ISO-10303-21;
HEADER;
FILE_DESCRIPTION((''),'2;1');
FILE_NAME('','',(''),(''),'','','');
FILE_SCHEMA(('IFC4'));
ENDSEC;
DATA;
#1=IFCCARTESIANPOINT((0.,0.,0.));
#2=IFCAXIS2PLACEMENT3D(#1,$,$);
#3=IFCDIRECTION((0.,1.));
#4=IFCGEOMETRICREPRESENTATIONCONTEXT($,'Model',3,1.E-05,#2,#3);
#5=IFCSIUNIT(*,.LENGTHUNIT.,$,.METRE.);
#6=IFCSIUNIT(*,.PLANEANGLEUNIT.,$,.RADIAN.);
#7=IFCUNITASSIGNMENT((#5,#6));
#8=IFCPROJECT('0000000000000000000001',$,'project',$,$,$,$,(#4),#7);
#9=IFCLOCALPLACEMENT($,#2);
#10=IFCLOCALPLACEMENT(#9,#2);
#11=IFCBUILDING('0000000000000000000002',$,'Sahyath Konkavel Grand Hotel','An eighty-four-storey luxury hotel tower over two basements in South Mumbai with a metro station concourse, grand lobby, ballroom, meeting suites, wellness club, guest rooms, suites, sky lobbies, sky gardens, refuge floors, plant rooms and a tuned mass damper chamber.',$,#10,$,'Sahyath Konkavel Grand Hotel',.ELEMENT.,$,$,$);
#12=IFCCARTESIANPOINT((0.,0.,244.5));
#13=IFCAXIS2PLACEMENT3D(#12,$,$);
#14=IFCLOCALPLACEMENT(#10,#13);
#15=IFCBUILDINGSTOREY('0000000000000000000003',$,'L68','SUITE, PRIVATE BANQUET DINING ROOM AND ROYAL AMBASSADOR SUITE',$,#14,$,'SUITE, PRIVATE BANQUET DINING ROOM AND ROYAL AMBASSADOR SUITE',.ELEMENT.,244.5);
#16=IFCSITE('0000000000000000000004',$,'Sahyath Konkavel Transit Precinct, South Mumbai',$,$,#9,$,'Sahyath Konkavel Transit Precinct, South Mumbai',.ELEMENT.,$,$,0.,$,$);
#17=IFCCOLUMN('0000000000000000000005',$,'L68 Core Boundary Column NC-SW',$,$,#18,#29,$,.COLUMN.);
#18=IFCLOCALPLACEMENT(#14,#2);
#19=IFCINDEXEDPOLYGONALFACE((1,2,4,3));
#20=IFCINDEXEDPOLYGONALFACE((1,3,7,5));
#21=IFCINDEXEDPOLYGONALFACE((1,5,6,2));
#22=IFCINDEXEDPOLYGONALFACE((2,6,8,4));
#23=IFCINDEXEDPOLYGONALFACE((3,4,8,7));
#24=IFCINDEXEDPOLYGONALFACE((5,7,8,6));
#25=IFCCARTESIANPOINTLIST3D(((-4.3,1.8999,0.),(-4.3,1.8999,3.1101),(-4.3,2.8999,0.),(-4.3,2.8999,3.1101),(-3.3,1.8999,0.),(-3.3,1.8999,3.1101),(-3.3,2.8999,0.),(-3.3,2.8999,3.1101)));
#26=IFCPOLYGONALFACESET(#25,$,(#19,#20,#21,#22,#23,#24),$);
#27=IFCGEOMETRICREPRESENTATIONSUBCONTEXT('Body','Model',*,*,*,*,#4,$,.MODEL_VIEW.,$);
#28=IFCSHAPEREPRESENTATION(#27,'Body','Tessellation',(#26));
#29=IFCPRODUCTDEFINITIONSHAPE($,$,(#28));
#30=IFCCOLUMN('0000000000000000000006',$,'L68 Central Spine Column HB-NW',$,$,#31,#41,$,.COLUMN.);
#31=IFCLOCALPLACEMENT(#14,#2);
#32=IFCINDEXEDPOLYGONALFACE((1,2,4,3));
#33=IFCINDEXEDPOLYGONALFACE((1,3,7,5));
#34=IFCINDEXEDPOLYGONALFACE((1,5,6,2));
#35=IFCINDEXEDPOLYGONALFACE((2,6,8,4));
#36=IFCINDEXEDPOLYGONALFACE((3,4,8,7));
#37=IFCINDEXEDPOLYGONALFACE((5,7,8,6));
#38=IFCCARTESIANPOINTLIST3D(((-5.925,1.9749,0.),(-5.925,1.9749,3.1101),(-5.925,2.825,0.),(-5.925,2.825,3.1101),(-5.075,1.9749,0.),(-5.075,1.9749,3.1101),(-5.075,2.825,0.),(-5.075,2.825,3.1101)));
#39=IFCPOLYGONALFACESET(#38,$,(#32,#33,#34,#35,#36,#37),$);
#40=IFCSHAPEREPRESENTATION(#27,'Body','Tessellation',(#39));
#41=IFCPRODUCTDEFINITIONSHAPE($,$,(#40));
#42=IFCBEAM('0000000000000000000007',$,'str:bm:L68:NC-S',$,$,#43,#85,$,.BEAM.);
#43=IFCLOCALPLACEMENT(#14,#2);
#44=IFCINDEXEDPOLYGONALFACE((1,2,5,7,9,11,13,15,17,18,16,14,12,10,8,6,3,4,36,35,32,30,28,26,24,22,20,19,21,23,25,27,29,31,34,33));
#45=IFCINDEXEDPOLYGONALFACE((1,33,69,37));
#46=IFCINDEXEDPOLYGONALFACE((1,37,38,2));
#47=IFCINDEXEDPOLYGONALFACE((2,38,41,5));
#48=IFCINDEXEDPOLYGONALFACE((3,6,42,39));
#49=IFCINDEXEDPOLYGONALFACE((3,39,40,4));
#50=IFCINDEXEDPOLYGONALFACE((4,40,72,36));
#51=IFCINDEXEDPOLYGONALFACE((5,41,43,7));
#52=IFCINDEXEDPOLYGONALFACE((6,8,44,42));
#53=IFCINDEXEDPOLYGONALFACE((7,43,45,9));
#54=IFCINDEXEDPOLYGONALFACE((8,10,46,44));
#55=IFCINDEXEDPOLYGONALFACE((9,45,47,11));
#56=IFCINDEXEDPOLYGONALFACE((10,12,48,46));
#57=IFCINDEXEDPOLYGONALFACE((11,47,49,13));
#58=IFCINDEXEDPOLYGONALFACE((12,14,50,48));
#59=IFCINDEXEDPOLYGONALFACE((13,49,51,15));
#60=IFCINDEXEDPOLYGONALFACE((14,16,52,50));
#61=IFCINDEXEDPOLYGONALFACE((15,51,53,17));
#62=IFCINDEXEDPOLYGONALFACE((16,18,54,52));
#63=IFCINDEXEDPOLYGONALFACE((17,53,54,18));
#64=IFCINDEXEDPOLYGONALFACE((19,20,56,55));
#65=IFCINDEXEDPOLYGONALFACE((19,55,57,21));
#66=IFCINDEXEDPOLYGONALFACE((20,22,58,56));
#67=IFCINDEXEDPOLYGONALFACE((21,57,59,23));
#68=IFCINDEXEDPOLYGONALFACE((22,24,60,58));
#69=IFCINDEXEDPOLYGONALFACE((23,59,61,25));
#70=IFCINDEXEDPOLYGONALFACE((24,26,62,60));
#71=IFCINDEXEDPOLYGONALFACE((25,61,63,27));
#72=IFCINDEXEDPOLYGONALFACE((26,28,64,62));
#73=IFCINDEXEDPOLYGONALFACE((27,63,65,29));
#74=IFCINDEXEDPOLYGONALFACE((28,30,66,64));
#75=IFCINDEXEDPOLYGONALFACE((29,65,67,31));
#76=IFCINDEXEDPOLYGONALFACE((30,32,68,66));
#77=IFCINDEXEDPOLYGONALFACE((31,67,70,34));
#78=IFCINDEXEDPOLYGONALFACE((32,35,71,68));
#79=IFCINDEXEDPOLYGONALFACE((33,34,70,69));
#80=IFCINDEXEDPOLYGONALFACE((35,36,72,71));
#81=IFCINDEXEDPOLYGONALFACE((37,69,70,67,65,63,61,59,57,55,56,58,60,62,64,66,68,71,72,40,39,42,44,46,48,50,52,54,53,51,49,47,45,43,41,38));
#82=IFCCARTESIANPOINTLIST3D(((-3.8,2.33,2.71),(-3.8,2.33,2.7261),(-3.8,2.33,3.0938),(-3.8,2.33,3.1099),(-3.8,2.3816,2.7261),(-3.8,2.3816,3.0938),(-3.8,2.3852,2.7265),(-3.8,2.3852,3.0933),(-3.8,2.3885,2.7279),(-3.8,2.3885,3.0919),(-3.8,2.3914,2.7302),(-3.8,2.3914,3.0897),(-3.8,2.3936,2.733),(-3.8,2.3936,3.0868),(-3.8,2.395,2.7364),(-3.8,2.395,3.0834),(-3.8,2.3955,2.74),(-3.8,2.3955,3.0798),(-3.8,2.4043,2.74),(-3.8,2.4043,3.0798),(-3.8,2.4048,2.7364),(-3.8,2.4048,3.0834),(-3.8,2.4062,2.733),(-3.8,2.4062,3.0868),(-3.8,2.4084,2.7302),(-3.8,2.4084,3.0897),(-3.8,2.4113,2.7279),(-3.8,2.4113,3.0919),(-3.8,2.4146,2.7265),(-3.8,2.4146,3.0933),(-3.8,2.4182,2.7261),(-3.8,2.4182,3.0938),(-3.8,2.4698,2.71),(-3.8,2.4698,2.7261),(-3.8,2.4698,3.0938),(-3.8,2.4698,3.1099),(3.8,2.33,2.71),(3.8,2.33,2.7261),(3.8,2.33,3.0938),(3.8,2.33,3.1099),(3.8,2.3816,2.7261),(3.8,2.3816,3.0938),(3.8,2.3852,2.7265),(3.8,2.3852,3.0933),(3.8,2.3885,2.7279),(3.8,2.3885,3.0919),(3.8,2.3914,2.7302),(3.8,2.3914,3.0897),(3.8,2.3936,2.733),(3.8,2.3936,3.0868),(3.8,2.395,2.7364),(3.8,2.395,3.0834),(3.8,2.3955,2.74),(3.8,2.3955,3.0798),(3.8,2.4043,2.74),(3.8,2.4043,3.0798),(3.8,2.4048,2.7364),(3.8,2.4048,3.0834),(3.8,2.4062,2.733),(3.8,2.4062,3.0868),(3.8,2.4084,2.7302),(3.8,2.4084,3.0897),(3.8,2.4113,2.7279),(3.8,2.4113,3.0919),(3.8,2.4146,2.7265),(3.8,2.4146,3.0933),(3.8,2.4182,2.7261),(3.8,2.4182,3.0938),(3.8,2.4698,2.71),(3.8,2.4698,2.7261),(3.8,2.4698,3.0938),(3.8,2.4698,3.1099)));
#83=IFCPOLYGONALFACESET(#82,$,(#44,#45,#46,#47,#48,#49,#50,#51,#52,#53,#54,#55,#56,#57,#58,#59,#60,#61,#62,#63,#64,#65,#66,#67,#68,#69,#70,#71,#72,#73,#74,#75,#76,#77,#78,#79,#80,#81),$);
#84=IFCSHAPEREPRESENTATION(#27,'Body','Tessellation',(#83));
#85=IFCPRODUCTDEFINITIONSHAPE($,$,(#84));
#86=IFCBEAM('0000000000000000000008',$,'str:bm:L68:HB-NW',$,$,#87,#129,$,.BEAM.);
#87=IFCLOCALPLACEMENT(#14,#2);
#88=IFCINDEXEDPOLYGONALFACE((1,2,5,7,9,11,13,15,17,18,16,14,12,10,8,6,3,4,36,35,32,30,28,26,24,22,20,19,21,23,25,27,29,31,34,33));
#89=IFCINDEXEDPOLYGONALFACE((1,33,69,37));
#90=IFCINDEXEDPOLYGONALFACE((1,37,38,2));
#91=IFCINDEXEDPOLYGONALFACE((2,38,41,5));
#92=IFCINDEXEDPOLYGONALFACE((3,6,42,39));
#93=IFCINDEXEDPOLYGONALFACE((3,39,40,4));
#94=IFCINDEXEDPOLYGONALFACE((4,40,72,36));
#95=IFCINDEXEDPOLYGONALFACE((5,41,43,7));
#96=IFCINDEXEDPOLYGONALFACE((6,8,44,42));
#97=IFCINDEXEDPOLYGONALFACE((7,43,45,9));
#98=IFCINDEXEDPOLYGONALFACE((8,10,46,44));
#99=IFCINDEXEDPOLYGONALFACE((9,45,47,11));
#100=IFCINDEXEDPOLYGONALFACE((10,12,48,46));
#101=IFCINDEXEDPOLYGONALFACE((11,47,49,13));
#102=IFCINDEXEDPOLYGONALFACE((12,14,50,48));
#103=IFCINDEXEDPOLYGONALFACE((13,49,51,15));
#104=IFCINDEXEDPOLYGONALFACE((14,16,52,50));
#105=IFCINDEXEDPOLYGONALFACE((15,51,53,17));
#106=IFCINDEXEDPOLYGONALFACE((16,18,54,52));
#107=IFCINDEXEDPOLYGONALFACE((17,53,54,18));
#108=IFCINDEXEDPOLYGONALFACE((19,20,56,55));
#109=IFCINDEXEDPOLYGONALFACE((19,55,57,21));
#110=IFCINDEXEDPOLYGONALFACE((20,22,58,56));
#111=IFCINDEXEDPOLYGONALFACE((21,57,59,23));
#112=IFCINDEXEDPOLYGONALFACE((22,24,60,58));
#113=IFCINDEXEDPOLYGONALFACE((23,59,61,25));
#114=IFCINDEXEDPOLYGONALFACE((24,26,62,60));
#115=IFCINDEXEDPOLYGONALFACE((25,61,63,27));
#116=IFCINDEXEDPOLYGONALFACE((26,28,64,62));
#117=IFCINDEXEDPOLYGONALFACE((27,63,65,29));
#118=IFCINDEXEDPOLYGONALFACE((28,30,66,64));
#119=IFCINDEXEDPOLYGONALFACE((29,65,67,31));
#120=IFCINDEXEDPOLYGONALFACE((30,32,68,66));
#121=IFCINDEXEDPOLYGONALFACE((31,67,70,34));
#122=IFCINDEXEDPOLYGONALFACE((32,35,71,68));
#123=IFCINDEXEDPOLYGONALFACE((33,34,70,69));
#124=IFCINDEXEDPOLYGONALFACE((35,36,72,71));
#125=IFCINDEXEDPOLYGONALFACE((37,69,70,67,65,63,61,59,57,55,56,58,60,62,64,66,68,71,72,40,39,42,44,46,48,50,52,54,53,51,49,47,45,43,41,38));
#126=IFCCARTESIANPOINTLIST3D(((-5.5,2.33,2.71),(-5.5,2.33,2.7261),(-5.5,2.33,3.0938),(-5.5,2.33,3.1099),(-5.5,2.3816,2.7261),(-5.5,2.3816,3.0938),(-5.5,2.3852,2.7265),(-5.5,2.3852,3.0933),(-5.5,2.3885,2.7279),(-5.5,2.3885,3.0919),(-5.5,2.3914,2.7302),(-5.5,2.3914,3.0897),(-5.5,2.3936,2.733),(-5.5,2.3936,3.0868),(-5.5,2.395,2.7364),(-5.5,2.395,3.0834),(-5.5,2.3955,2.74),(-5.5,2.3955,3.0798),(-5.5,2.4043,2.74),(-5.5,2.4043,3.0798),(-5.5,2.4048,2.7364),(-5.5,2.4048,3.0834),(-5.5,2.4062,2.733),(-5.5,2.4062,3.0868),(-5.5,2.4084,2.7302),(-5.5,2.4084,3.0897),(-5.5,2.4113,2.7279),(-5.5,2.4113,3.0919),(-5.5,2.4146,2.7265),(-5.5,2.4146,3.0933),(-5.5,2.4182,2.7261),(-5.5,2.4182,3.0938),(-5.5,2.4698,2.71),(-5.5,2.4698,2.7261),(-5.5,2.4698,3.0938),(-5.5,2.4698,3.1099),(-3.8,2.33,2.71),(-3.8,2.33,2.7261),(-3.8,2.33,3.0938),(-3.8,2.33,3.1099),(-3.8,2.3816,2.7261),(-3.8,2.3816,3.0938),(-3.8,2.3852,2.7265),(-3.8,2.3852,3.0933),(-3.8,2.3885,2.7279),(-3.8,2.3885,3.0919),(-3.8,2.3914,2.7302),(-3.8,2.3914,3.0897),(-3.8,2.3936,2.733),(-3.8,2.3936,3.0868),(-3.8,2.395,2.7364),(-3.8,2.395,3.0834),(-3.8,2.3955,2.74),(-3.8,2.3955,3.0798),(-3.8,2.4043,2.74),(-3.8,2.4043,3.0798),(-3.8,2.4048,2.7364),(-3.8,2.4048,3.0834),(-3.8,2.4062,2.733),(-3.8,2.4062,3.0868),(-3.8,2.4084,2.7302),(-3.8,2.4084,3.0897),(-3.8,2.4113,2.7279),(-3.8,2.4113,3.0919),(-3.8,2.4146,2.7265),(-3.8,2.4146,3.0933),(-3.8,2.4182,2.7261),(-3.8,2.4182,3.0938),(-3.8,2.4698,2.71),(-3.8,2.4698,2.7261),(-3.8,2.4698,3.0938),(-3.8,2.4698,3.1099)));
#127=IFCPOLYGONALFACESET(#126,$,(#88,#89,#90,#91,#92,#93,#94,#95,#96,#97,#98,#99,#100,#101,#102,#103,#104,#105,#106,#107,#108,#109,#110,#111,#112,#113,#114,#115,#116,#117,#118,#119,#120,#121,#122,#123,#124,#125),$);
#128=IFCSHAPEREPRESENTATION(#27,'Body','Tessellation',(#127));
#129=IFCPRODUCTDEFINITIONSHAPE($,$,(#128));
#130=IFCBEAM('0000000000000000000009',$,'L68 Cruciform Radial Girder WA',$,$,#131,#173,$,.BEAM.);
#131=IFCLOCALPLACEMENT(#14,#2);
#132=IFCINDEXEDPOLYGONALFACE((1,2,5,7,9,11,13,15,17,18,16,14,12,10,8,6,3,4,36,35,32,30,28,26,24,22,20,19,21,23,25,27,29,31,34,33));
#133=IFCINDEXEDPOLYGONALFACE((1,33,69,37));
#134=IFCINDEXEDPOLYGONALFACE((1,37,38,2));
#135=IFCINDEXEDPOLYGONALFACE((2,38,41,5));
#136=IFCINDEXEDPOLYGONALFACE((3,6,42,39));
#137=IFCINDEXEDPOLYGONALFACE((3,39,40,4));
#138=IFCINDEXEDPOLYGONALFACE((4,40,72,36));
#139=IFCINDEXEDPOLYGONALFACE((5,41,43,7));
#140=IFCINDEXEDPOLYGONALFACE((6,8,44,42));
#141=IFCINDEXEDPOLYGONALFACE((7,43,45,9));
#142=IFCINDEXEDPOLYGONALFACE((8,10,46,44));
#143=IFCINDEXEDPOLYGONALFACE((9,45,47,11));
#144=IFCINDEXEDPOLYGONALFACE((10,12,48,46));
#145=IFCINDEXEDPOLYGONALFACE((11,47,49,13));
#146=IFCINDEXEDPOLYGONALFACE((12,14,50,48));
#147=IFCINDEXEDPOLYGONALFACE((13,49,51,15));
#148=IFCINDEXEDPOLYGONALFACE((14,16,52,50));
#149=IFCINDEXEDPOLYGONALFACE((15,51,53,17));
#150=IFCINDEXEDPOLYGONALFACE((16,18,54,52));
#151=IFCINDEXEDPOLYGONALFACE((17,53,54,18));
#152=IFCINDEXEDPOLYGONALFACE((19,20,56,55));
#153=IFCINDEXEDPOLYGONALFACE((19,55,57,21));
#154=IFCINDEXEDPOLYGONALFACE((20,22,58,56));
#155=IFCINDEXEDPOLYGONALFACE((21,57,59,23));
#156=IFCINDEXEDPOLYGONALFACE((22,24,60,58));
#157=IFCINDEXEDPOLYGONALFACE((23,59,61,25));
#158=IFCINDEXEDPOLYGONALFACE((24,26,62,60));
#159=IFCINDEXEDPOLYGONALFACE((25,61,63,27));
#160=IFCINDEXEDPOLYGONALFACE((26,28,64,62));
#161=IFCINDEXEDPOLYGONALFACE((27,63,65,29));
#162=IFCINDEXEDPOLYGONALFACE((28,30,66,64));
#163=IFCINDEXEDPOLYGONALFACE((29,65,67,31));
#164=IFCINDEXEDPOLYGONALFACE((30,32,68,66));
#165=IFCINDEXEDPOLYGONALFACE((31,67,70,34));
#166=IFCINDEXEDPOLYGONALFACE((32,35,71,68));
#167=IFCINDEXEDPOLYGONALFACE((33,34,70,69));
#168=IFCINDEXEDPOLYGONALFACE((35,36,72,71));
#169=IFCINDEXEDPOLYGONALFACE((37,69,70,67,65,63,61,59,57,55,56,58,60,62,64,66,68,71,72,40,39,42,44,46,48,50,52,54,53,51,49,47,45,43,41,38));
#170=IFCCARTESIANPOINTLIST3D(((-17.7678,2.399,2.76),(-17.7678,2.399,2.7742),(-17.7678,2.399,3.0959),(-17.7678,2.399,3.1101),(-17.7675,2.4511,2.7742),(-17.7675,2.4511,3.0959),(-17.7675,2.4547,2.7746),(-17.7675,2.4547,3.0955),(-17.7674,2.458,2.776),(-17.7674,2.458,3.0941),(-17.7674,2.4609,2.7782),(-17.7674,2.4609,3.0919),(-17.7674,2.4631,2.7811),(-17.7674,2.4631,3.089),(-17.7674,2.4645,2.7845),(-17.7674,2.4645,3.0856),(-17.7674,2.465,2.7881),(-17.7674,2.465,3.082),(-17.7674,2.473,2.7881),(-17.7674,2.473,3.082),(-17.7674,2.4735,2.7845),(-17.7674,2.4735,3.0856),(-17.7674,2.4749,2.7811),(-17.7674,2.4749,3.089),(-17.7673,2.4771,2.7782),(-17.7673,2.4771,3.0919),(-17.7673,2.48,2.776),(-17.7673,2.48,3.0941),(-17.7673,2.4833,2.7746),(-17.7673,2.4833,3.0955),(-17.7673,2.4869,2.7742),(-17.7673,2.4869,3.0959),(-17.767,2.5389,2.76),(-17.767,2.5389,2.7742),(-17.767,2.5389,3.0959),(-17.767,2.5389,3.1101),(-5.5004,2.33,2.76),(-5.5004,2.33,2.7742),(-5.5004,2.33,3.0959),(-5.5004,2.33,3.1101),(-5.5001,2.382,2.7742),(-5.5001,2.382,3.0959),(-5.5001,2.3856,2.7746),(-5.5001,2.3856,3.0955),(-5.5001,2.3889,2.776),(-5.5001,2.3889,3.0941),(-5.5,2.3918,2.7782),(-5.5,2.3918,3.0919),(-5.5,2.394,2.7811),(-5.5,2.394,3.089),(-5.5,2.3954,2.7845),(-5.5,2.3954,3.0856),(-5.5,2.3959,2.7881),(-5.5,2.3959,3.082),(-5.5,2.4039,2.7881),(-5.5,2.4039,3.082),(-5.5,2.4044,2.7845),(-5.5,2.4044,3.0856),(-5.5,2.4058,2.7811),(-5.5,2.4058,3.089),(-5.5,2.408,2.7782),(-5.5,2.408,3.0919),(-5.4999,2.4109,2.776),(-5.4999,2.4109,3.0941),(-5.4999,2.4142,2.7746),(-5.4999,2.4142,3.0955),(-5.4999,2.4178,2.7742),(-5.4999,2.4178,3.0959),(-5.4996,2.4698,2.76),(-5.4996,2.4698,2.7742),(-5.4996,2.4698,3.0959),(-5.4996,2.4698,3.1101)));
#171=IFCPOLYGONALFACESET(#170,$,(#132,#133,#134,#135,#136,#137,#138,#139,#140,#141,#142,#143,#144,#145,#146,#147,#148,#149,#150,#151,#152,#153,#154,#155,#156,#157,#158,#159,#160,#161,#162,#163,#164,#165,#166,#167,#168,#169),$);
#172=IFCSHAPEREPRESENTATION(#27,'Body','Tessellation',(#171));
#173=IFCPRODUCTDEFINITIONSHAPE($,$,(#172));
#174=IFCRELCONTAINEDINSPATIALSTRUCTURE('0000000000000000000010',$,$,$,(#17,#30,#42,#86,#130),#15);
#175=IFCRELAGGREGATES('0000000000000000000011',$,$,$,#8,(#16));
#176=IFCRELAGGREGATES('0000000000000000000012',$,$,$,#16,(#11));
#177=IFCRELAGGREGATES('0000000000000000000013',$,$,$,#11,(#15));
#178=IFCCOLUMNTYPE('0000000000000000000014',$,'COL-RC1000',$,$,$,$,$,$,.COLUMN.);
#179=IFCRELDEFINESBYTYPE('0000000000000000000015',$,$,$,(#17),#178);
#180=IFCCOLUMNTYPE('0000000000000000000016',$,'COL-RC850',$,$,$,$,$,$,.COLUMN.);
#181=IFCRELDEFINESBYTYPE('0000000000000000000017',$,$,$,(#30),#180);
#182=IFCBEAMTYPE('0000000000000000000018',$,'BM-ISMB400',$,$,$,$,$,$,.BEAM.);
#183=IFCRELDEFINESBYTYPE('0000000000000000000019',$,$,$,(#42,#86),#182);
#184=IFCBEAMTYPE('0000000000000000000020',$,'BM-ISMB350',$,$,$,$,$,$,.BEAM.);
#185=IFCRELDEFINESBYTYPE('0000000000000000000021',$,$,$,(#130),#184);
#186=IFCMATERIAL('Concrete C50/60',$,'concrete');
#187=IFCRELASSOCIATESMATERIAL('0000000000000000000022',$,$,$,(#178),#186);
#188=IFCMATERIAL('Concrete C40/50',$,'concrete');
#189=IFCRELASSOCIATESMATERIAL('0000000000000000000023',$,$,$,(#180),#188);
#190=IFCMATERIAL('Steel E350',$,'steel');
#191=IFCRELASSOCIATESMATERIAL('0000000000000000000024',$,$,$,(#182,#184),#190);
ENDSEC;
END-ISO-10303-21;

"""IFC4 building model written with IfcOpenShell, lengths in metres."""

from ifc_helpers import new_model, si_unit, direction, frame, origin, origin_2d, place, context, subcontext, project, spatial, rectangle, i_section, extrude, source, transform, mapped, material, material_profile, profile_set, type_object, element, save


model = new_model("IFC4")

# Units and contexts
model_context = context("Model", 3, precision=1e-05, world=origin(), true_north=direction((0.0, 1.0)))
body_context = subcontext(model_context, "Body", "Model", "MODEL_VIEW")
ifc_project = project(units=[si_unit("LENGTHUNIT", "METRE"), si_unit("PLANEANGLEUNIT", "RADIAN")], contexts=[model_context])

# Site, building, storey
site_placement = place(None, origin())
site = spatial("IfcSite", under=ifc_project, at=site_placement, Name="Sahyath Konkavel Transit Precinct, South Mumbai", LongName="Sahyath Konkavel Transit Precinct, South Mumbai", CompositionType="ELEMENT", RefElevation=0.0)
building_placement = place(site_placement, origin())
building = spatial("IfcBuilding", under=site, at=building_placement, Name="Sahyath Konkavel Grand Hotel", Description="An eighty-four-storey luxury hotel tower over two basements in South Mumbai with a metro station concourse, grand lobby, ballroom, meeting suites, wellness club, guest rooms, suites, sky lobbies, sky gardens, refuge floors, plant rooms and a tuned mass damper chamber.", LongName="Sahyath Konkavel Grand Hotel", CompositionType="ELEMENT")
storey_placement = place(building_placement, frame((0.0, 0.0, 244.5)))
storey = spatial("IfcBuildingStorey", under=building, at=storey_placement, Name="L68", Description="SUITE, PRIVATE BANQUET DINING ROOM AND ROYAL AMBASSADOR SUITE", LongName="SUITE, PRIVATE BANQUET DINING ROOM AND ROYAL AMBASSADOR SUITE", CompositionType="ELEMENT", Elevation=244.5)

# Columns
ifc_material_1 = material(Name="Concrete C50/60", Category="concrete")
ifc_material_profile_1 = material_profile(ifc_material_1, rectangle(XDim=1.0, YDim=1.0, at=origin_2d()), Name="RC 1000x1000")
ifc_profile_set_1 = profile_set([ifc_material_profile_1], Name="Concrete C50/60")
column_type_1 = type_object("IfcColumnType", Name="COL-RC1000", PredefinedType="COLUMN", material=ifc_profile_set_1)
shared_shape_1 = source(origin(), body_context, "Body", "SweptSolid", [
    extrude(rectangle(XDim=1.0, YDim=1.0, at=origin_2d()), origin(), (0.0, 0.0, 1.0), 3.1101),
])
column_1_placement = place(storey_placement, frame((-3.8, 2.3999, 0.0), z_axis=(0.0, 0.0, 1.0), x_axis=(1.0, 0.0, 0.0)))
element("IfcColumn", 1, at=column_1_placement, inside=storey, type_object=column_type_1, Name="L68 Core Boundary Column NC-SW", PredefinedType="COLUMN", context=body_context, shape_type="MappedRepresentation", body=[
    mapped(shared_shape_1, transform((0.0, 0.0, 0.0), scale=1.0)),
])
ifc_material_2 = material(Name="Concrete C40/50", Category="concrete")
ifc_material_profile_2 = material_profile(ifc_material_2, rectangle(XDim=0.8501, YDim=0.8501, at=origin_2d()), Name="RC 850x850")
ifc_profile_set_2 = profile_set([ifc_material_profile_2], Name="Concrete C40/50")
column_type_2 = type_object("IfcColumnType", Name="COL-RC850", PredefinedType="COLUMN", material=ifc_profile_set_2)
shared_shape_2 = source(origin(), body_context, "Body", "SweptSolid", [
    extrude(rectangle(XDim=0.8501, YDim=0.8501, at=origin_2d()), origin(), (0.0, 0.0, 1.0), 3.1101),
])
column_2_placement = place(storey_placement, frame((-5.5, 2.3999, 0.0), z_axis=(0.0, 0.0, 1.0), x_axis=(1.0, 0.0, 0.0)))
element("IfcColumn", 2, at=column_2_placement, inside=storey, type_object=column_type_2, Name="L68 Central Spine Column HB-NW", PredefinedType="COLUMN", context=body_context, shape_type="MappedRepresentation", body=[
    mapped(shared_shape_2, transform((0.0, 0.0, 0.0), scale=1.0)),
])

# Beams
ifc_material_3 = material(Name="Steel E350", Category="steel")
ifc_material_profile_3 = material_profile(ifc_material_3, i_section(OverallWidth=0.1399, OverallDepth=0.3999, WebThickness=0.0088, FlangeThickness=0.0161, FilletRadius=0.0139, at=origin_2d()), Name="ISMB 400")
ifc_profile_set_3 = profile_set([ifc_material_profile_3], Name="Steel E350")
beam_type_1 = type_object("IfcBeamType", Name="BM-ISMB400", PredefinedType="BEAM", material=ifc_profile_set_3)
shared_shape_3 = source(origin(), body_context, "Body", "SweptSolid", [
    extrude(i_section(OverallWidth=0.1399, OverallDepth=0.3999, WebThickness=0.0088, FlangeThickness=0.0161, FilletRadius=0.0139, at=origin_2d()), origin(), (0.0, 0.0, 1.0), 7.6001),
])
beam_1_placement = place(storey_placement, frame((-3.8, 2.3999, 2.9099), z_axis=(1.0, 0.0, 0.0), x_axis=(0.0, 1.0, 0.0)))
element("IfcBeam", 3, at=beam_1_placement, inside=storey, type_object=beam_type_1, Name="str:bm:L68:NC-S", PredefinedType="BEAM", context=body_context, shape_type="MappedRepresentation", body=[
    mapped(shared_shape_3, transform((0.0, 0.0, 0.0), scale=1.0)),
])
shared_shape_4 = source(origin(), body_context, "Body", "SweptSolid", [
    extrude(i_section(OverallWidth=0.1399, OverallDepth=0.3999, WebThickness=0.0088, FlangeThickness=0.0161, FilletRadius=0.0139, at=origin_2d()), origin(), (0.0, 0.0, 1.0), 1.7),
])
beam_2_placement = place(storey_placement, frame((-5.5, 2.3999, 2.9099), z_axis=(1.0, 0.0, 0.0), x_axis=(0.0, 1.0, 0.0)))
element("IfcBeam", 4, at=beam_2_placement, inside=storey, type_object=beam_type_1, Name="str:bm:L68:HB-NW", PredefinedType="BEAM", context=body_context, shape_type="MappedRepresentation", body=[
    mapped(shared_shape_4, transform((0.0, 0.0, 0.0), scale=1.0)),
])
ifc_material_profile_4 = material_profile(ifc_material_3, i_section(OverallWidth=0.1399, OverallDepth=0.3501, WebThickness=0.0081, FlangeThickness=0.0142, FilletRadius=0.0139, at=origin_2d()), Name="ISMB 350")
ifc_profile_set_4 = profile_set([ifc_material_profile_4], Name="Steel E350")
beam_type_2 = type_object("IfcBeamType", Name="BM-ISMB350", PredefinedType="BEAM", material=ifc_profile_set_4)
shared_shape_5 = source(origin(), body_context, "Body", "SweptSolid", [
    extrude(i_section(OverallWidth=0.1399, OverallDepth=0.3501, WebThickness=0.0081, FlangeThickness=0.0142, FilletRadius=0.0139, at=origin_2d()), origin(), (0.0, 0.0, 1.0), 12.2676),
])
beam_3_placement = place(storey_placement, frame((-5.5, 2.3999, 2.9351), z_axis=(-0.999984, 0.005632, 0.0), x_axis=(-0.005632, -0.999984, 0.0)))
element("IfcBeam", 5, at=beam_3_placement, inside=storey, type_object=beam_type_2, Name="L68 Cruciform Radial Girder WA", PredefinedType="BEAM", context=body_context, shape_type="MappedRepresentation", body=[
    mapped(shared_shape_5, transform((0.0, 0.0, 0.0), scale=1.0)),
])

save(model, "model.ifc")
